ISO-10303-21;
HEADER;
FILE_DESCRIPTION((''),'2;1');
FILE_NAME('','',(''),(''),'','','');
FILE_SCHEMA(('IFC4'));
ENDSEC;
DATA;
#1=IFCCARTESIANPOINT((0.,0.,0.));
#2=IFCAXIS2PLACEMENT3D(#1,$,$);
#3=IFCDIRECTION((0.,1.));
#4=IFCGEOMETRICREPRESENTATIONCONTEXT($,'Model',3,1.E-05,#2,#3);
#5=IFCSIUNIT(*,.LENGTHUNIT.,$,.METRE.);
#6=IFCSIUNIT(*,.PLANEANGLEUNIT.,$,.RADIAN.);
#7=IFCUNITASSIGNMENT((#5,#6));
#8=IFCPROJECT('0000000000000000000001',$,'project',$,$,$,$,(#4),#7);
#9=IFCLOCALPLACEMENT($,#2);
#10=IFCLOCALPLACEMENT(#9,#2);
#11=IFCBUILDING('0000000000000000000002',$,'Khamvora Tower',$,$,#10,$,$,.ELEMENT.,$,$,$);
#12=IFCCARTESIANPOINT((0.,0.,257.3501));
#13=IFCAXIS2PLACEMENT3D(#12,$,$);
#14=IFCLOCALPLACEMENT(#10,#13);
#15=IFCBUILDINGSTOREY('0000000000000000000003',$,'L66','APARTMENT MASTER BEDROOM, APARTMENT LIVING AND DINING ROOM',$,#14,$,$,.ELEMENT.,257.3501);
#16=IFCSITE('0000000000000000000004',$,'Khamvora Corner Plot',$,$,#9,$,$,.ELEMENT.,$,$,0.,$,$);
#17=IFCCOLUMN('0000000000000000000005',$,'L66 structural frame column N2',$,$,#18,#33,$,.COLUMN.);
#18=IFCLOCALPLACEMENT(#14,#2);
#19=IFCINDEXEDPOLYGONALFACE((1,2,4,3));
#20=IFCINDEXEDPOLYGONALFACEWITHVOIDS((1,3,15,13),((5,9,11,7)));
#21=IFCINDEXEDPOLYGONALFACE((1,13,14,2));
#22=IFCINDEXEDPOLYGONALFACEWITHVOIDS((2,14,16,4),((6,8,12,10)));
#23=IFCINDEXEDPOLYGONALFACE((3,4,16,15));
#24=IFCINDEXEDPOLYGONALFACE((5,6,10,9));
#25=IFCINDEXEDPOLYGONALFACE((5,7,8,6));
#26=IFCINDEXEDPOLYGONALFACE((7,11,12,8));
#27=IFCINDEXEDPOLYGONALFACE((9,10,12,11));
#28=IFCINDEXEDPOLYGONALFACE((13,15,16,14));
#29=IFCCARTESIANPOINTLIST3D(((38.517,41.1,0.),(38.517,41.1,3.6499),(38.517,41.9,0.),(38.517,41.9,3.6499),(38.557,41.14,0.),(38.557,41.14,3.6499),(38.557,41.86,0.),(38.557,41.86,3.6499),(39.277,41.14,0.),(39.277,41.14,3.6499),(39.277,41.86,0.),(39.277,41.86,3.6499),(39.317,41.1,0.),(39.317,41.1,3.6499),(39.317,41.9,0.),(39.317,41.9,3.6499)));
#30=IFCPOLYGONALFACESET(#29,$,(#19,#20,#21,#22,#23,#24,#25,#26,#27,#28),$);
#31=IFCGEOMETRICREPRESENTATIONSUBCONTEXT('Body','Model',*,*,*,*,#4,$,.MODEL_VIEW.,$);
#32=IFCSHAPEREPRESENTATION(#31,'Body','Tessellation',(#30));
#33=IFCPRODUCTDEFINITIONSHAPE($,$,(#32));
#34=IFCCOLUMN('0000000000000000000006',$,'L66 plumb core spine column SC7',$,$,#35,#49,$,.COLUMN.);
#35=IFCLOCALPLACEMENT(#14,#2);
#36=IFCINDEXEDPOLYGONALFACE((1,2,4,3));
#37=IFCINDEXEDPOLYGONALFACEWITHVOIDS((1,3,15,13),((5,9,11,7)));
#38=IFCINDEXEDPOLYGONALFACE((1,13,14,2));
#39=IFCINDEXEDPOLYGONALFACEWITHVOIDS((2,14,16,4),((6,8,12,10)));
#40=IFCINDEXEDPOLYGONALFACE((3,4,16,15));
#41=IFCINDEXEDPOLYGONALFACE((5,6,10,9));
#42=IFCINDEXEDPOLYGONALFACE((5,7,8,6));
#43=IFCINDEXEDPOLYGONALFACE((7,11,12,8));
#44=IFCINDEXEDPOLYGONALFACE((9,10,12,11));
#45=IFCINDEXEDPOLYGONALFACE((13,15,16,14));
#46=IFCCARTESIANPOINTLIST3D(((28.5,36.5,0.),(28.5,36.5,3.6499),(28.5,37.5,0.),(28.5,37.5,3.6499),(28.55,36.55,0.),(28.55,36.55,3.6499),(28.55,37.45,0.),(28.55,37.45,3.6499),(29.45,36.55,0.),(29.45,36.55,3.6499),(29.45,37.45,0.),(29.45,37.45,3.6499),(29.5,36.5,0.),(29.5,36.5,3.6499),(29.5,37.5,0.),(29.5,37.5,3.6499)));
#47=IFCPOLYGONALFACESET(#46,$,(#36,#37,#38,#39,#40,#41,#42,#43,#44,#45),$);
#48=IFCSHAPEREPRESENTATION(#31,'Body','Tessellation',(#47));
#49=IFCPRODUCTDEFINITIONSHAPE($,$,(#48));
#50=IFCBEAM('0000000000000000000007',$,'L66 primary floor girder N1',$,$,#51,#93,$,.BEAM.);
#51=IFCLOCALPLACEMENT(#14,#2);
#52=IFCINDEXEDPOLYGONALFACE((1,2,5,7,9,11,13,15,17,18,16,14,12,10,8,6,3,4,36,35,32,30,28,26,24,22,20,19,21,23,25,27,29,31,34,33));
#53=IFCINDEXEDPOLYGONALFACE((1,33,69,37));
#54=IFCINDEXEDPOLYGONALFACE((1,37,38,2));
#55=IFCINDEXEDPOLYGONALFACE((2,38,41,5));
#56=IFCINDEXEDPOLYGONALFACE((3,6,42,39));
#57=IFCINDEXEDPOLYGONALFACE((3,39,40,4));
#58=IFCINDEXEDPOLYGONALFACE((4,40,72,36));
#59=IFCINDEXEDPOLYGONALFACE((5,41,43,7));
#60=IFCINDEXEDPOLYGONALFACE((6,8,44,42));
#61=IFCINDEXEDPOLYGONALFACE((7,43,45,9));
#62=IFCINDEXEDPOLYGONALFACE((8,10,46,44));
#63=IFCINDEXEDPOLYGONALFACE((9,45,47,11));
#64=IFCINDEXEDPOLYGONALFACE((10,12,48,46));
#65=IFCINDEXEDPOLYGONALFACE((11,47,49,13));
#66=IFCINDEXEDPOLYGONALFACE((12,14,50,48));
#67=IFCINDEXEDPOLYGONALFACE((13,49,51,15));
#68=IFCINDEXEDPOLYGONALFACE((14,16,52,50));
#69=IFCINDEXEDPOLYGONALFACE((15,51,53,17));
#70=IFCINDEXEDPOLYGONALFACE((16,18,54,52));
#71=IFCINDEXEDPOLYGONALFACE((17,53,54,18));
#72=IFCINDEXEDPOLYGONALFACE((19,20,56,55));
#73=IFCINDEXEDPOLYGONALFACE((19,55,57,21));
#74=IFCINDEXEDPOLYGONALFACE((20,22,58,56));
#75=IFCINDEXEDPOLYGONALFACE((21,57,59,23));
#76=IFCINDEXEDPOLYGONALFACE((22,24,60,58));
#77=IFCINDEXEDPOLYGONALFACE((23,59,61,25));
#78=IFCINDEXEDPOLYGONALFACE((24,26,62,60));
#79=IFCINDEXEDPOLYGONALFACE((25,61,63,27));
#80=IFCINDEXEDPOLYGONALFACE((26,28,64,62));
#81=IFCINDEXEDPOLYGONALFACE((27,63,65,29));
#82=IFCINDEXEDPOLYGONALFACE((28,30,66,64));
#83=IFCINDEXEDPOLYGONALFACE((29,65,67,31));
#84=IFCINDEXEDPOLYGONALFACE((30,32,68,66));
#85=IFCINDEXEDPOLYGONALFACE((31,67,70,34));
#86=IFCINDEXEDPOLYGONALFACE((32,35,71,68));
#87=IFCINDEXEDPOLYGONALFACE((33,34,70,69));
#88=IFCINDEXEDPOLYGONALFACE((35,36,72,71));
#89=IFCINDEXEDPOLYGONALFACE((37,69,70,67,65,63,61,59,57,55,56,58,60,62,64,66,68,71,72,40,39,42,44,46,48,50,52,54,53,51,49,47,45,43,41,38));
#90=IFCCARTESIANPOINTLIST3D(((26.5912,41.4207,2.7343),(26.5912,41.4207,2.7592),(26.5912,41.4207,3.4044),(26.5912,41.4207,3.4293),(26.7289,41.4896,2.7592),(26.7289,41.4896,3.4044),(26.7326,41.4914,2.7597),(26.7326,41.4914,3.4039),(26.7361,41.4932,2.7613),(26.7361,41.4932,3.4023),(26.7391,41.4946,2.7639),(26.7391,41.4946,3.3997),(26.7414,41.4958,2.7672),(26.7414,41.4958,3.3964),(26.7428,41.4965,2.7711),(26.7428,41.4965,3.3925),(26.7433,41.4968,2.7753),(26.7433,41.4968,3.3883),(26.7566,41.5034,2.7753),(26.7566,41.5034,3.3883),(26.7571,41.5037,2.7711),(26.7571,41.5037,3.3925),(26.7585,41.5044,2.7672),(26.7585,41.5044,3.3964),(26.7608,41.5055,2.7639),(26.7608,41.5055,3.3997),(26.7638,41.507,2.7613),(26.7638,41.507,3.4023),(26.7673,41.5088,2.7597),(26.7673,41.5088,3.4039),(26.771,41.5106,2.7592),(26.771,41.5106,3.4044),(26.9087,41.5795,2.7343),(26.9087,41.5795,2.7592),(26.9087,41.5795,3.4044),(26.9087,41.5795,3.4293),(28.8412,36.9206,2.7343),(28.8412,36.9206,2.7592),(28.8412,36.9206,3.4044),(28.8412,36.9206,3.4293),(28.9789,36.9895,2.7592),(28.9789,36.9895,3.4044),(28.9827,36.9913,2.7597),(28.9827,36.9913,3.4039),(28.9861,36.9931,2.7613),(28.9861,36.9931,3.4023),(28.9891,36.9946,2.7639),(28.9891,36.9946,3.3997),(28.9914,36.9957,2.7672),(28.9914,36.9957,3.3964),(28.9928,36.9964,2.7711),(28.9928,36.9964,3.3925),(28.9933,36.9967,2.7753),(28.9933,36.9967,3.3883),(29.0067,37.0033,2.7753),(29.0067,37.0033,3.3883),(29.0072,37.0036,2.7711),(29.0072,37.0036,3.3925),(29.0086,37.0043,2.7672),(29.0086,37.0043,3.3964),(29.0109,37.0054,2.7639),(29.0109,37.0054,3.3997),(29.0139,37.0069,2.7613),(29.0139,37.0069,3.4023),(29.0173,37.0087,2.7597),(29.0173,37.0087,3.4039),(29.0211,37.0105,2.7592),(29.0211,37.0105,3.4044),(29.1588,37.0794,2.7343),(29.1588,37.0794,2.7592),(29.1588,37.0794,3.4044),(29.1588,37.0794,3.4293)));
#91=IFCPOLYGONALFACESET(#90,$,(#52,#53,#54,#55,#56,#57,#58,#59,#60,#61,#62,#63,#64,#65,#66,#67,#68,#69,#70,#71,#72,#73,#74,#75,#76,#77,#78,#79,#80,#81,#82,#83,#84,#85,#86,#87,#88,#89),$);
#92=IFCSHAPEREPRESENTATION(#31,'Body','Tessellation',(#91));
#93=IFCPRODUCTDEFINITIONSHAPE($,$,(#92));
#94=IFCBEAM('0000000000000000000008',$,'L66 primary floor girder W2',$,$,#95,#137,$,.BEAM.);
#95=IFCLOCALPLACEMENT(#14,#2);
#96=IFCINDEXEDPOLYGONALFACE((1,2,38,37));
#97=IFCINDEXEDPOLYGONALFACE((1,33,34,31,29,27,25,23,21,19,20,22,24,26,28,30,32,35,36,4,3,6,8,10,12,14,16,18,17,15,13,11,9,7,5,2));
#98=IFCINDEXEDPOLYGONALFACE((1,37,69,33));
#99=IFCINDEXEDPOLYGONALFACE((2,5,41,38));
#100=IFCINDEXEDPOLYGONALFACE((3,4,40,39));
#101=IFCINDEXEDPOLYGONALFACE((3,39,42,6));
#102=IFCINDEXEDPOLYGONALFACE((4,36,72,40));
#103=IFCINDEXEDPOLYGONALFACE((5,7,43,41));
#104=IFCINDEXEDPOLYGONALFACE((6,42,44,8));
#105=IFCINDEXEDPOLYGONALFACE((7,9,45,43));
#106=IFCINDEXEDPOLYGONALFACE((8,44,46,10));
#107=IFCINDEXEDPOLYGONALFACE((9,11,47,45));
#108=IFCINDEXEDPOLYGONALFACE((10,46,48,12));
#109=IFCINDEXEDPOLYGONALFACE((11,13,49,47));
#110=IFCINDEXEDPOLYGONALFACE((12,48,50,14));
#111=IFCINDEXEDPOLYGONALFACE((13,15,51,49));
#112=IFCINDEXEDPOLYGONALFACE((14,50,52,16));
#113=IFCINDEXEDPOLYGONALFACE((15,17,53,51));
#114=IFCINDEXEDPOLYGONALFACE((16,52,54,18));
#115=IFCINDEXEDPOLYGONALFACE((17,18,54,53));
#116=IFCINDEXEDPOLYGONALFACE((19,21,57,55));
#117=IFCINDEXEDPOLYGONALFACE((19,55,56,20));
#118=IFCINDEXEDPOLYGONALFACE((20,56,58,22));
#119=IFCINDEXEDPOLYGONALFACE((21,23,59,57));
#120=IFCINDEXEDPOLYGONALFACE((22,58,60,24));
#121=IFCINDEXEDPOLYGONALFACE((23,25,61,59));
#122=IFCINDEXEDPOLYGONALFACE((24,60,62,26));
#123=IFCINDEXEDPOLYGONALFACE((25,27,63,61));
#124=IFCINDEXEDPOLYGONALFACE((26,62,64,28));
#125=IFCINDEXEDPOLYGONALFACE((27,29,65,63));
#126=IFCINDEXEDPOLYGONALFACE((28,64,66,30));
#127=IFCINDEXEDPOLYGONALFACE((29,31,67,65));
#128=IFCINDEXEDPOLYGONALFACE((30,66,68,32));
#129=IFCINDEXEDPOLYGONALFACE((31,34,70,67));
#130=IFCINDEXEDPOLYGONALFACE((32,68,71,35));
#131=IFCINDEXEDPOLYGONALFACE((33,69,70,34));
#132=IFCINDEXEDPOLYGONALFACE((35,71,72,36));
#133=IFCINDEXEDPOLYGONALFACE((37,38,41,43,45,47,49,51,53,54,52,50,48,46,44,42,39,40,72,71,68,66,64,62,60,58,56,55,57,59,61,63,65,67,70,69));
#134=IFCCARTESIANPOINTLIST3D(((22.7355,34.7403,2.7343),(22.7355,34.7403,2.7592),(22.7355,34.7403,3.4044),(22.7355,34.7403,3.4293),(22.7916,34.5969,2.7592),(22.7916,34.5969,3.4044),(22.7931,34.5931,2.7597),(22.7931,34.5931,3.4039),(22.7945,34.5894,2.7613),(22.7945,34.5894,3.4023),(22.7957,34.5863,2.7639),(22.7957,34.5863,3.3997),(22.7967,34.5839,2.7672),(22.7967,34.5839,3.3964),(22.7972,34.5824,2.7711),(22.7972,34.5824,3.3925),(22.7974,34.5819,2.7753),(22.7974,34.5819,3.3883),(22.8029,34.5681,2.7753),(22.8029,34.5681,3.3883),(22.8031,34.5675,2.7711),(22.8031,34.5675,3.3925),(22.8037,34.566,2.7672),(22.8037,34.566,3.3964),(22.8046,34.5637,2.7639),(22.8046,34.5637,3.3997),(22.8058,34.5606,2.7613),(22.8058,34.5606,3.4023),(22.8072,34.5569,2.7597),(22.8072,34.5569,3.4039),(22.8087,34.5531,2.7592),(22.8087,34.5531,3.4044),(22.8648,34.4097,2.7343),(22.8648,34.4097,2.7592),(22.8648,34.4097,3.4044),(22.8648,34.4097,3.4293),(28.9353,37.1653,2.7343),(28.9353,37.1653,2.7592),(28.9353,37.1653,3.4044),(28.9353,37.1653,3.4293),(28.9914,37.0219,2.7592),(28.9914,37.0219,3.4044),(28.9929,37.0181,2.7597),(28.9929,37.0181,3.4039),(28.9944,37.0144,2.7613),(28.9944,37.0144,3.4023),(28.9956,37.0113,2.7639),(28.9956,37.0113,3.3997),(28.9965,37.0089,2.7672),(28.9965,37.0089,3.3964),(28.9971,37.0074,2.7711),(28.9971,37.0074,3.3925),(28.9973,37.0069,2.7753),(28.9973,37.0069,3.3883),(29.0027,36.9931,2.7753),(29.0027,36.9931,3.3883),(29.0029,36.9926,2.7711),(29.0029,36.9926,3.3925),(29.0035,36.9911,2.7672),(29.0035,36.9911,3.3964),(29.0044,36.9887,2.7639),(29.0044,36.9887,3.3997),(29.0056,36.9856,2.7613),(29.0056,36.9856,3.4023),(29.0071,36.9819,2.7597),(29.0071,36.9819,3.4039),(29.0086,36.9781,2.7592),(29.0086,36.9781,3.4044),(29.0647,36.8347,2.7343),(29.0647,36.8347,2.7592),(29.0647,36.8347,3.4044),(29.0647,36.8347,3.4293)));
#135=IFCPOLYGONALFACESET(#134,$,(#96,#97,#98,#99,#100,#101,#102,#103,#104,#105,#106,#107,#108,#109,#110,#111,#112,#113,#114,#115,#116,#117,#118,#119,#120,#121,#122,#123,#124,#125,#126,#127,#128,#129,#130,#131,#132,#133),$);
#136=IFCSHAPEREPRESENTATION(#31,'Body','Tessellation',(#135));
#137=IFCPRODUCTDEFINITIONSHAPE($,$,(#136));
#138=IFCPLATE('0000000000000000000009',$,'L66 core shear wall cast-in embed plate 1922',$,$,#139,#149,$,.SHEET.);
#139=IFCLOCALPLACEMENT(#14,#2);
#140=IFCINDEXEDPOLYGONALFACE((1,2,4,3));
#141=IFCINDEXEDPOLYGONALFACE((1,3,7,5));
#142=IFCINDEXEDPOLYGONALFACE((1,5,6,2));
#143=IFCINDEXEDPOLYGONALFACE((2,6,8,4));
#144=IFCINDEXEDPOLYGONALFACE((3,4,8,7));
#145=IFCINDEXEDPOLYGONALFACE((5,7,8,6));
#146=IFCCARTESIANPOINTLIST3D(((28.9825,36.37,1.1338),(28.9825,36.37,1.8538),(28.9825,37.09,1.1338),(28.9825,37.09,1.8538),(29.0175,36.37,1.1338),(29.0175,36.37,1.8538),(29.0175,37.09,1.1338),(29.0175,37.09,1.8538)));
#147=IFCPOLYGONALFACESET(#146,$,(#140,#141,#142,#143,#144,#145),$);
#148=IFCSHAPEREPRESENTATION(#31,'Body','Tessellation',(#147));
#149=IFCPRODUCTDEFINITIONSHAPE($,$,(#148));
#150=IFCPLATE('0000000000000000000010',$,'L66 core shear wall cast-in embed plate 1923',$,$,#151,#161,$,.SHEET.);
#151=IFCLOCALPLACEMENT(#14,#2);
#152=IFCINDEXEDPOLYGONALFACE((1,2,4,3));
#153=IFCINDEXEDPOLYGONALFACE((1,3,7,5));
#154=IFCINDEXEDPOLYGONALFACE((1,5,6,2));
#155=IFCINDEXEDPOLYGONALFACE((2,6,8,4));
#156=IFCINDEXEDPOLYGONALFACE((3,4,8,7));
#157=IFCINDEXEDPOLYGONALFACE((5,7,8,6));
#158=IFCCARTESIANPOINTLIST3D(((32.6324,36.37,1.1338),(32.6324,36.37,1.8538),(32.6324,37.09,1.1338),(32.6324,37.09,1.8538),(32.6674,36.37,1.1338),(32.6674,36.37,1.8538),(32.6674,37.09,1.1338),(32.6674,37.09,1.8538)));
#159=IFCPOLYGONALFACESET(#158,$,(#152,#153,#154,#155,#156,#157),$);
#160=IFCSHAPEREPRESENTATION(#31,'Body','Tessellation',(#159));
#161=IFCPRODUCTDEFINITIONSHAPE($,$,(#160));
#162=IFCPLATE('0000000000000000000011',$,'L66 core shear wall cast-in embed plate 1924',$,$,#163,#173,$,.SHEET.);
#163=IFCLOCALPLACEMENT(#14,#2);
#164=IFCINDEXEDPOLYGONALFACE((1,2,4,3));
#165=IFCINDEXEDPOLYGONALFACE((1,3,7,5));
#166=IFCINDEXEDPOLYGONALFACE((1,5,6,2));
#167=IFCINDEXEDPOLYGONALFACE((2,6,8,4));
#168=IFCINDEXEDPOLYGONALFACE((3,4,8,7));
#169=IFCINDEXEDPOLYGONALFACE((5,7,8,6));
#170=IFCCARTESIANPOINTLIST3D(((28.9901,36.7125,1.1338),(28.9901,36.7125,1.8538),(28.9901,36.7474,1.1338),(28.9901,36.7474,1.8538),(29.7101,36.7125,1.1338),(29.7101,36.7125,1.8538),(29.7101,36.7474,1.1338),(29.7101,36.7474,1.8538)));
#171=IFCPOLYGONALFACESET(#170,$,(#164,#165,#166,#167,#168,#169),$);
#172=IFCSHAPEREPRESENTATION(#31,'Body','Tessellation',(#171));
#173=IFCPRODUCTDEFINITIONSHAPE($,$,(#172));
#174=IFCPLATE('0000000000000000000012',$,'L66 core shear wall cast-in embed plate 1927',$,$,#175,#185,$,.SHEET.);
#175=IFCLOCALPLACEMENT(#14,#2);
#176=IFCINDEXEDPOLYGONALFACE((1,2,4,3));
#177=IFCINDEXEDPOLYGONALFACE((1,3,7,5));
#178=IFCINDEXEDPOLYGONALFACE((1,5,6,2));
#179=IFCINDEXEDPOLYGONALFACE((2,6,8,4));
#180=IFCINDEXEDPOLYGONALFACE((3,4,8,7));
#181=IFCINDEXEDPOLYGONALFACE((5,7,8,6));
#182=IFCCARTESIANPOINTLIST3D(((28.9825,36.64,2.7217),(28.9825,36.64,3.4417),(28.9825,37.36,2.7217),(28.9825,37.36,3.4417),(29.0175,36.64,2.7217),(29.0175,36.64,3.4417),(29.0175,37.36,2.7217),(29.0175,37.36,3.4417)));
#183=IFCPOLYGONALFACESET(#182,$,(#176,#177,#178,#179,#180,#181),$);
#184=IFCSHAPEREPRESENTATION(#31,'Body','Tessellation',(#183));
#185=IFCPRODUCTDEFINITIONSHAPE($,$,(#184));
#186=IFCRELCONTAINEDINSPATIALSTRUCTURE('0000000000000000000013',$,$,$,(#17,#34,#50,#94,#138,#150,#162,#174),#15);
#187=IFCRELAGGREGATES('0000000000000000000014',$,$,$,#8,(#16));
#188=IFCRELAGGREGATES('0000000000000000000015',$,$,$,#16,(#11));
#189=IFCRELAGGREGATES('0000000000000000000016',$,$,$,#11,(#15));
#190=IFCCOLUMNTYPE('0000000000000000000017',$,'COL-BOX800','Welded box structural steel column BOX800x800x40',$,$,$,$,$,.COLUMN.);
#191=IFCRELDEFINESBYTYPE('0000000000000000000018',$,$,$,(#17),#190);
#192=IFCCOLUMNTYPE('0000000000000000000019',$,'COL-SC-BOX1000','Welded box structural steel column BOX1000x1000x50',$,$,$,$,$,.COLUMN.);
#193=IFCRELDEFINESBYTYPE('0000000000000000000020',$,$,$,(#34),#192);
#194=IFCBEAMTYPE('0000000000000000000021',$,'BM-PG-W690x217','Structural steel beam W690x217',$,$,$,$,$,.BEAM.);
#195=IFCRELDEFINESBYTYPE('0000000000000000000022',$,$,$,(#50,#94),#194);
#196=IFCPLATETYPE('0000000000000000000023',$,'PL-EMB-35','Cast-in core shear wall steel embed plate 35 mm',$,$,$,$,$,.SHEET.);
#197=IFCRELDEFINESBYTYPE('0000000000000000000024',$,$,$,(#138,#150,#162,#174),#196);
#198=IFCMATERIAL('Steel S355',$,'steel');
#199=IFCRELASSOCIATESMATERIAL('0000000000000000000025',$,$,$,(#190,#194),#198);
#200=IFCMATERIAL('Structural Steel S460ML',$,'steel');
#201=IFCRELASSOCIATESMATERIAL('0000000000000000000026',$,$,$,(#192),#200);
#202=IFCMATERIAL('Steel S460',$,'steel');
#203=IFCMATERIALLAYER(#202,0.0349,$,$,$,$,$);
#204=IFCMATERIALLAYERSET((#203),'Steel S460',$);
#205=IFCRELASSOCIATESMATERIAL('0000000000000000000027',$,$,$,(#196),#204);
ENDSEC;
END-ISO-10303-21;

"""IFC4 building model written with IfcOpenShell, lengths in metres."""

from ifc_helpers import new_model, si_unit, direction, frame, origin, origin_2d, place, context, subcontext, project, spatial, rectangle, hollow_rectangle, i_section, extrude, material, layer, layer_set, material_profile, profile_set, type_object, element, save


model = new_model("IFC4")

# Units and contexts
model_context = context("Model", 3, precision=1e-05, world=origin(), true_north=direction((0.0, 1.0)))
body_context = subcontext(model_context, "Body", "Model", "MODEL_VIEW")
ifc_project = project(units=[si_unit("LENGTHUNIT", "METRE"), si_unit("PLANEANGLEUNIT", "RADIAN")], contexts=[model_context])

# Site, building, storey
site_placement = place(None, origin())
site = spatial("IfcSite", under=ifc_project, at=site_placement, Name="Khamvora Corner Plot", CompositionType="ELEMENT", RefElevation=0.0)
building_placement = place(site_placement, origin())
building = spatial("IfcBuilding", under=site, at=building_placement, Name="Khamvora Tower", CompositionType="ELEMENT")
storey_placement = place(building_placement, frame((0.0, 0.0, 257.3501)))
storey = spatial("IfcBuildingStorey", under=building, at=storey_placement, Name="L66", Description="APARTMENT MASTER BEDROOM, APARTMENT LIVING AND DINING ROOM", CompositionType="ELEMENT", Elevation=257.3501)

# Columns
ifc_material_1 = material(Name="Steel S355", Category="steel")
ifc_material_profile_1 = material_profile(ifc_material_1, hollow_rectangle(XDim=0.8, YDim=0.8, WallThickness=0.04, at=origin_2d()), Name="BOX800x800x40")
ifc_profile_set_1 = profile_set([ifc_material_profile_1], Name="Steel S355")
column_type_1 = type_object("IfcColumnType", Name="COL-BOX800", Description="Welded box structural steel column BOX800x800x40", PredefinedType="COLUMN", material=ifc_profile_set_1)
column_1_placement = place(storey_placement, frame((38.917, 41.5, 0.0), z_axis=(0.0, 0.0, 1.0), x_axis=(1.0, 0.0, 0.0)))
element("IfcColumn", 1, at=column_1_placement, inside=storey, type_object=column_type_1, Name="L66 structural frame column N2", PredefinedType="COLUMN", context=body_context, shape_type="SweptSolid", body=[
    extrude(hollow_rectangle(XDim=0.8, YDim=0.8, WallThickness=0.04, at=origin_2d()), origin(), (0.0, 0.0, 1.0), 3.6499),
])
ifc_material_2 = material(Name="Structural Steel S460ML", Category="steel")
ifc_material_profile_2 = material_profile(ifc_material_2, hollow_rectangle(XDim=1.0, YDim=1.0, WallThickness=0.05, at=origin_2d()), Name="BOX1000x1000x50")
ifc_profile_set_2 = profile_set([ifc_material_profile_2], Name="Structural Steel S460ML")
column_type_2 = type_object("IfcColumnType", Name="COL-SC-BOX1000", Description="Welded box structural steel column BOX1000x1000x50", PredefinedType="COLUMN", material=ifc_profile_set_2)
column_2_placement = place(storey_placement, frame((29.0, 37.0, 0.0), z_axis=(0.0, 0.0, 1.0), x_axis=(1.0, 0.0, 0.0)))
element("IfcColumn", 2, at=column_2_placement, inside=storey, type_object=column_type_2, Name="L66 plumb core spine column SC7", PredefinedType="COLUMN", context=body_context, shape_type="SweptSolid", body=[
    extrude(hollow_rectangle(XDim=1.0, YDim=1.0, WallThickness=0.05, at=origin_2d()), origin(), (0.0, 0.0, 1.0), 3.6499),
])

# Beams
ifc_material_profile_3 = material_profile(ifc_material_1, i_section(OverallWidth=0.355, OverallDepth=0.6951, WebThickness=0.0149, FlangeThickness=0.0249, FilletRadius=0.0161, at=origin_2d()), Name="W690x217")
ifc_profile_set_3 = profile_set([ifc_material_profile_3], Name="Steel S355")
beam_type = type_object("IfcBeamType", Name="BM-PG-W690x217", Description="Structural steel beam W690x217", PredefinedType="BEAM", material=ifc_profile_set_3)
beam_1_placement = place(storey_placement, frame((29.0, 37.0, 3.0818), z_axis=(-0.447214, 0.894427, 0.0), x_axis=(-0.894427, -0.447214, 0.0)))
element("IfcBeam", 3, at=beam_1_placement, inside=storey, type_object=beam_type, Name="L66 primary floor girder N1", PredefinedType="BEAM", context=body_context, shape_type="SweptSolid", body=[
    extrude(i_section(OverallWidth=0.355, OverallDepth=0.6951, WebThickness=0.0149, FlangeThickness=0.0249, FilletRadius=0.0161, at=origin_2d()), origin(), (0.0, 0.0, 1.0), 5.0312),
])
beam_2_placement = place(storey_placement, frame((29.0, 37.0, 3.0818), z_axis=(-0.931295, -0.364267, 0.0), x_axis=(0.364267, -0.931295, 0.0)))
element("IfcBeam", 4, at=beam_2_placement, inside=storey, type_object=beam_type, Name="L66 primary floor girder W2", PredefinedType="BEAM", context=body_context, shape_type="SweptSolid", body=[
    extrude(i_section(OverallWidth=0.355, OverallDepth=0.6951, WebThickness=0.0149, FlangeThickness=0.0249, FilletRadius=0.0161, at=origin_2d()), origin(), (0.0, 0.0, 1.0), 6.6572),
])

# Plates
ifc_material_3 = material(Name="Steel S460", Category="steel")
ifc_layer_1 = layer(ifc_material_3, 0.0349)
ifc_layer_set_1 = layer_set([ifc_layer_1], Name="Steel S460")
plate_type = type_object("IfcPlateType", Name="PL-EMB-35", Description="Cast-in core shear wall steel embed plate 35 mm", PredefinedType="SHEET", material=ifc_layer_set_1)
for number, where, z_axis, x_axis, name in (
    (5, (29.0, 36.73, 1.1338), (0.0, 0.0, 1.0), (1.0, 0.0, 0.0), "L66 core shear wall cast-in embed plate 1922"),
    (6, (32.6499, 36.73, 1.1338), (0.0, 0.0, 1.0), (1.0, 0.0, 0.0), "L66 core shear wall cast-in embed plate 1923"),
):
    element("IfcPlate", number, at=place(storey_placement, frame(where, z_axis=z_axis, x_axis=x_axis)), inside=storey, type_object=plate_type, Name=name, PredefinedType="SHEET", context=body_context, shape_type="SweptSolid", body=[
        extrude(rectangle(XDim=0.0349, YDim=0.72, at=origin_2d()), origin(), (0.0, 0.0, 1.0), 0.72),
    ])
plate_1_placement = place(storey_placement, frame((29.3501, 36.73, 1.1338), z_axis=(0.0, 0.0, 1.0), x_axis=(1.0, 0.0, 0.0)))
element("IfcPlate", 7, at=plate_1_placement, inside=storey, type_object=plate_type, Name="L66 core shear wall cast-in embed plate 1924", PredefinedType="SHEET", context=body_context, shape_type="SweptSolid", body=[
    extrude(rectangle(XDim=0.72, YDim=0.0349, at=origin_2d()), origin(), (0.0, 0.0, 1.0), 0.72),
])
plate_2_placement = place(storey_placement, frame((29.0, 37.0, 2.7217), z_axis=(0.0, 0.0, 1.0), x_axis=(1.0, 0.0, 0.0)))
element("IfcPlate", 8, at=plate_2_placement, inside=storey, type_object=plate_type, Name="L66 core shear wall cast-in embed plate 1927", PredefinedType="SHEET", context=body_context, shape_type="SweptSolid", body=[
    extrude(rectangle(XDim=0.0349, YDim=0.72, at=origin_2d()), origin(), (0.0, 0.0, 1.0), 0.72),
])

save(model, "model.ifc")
